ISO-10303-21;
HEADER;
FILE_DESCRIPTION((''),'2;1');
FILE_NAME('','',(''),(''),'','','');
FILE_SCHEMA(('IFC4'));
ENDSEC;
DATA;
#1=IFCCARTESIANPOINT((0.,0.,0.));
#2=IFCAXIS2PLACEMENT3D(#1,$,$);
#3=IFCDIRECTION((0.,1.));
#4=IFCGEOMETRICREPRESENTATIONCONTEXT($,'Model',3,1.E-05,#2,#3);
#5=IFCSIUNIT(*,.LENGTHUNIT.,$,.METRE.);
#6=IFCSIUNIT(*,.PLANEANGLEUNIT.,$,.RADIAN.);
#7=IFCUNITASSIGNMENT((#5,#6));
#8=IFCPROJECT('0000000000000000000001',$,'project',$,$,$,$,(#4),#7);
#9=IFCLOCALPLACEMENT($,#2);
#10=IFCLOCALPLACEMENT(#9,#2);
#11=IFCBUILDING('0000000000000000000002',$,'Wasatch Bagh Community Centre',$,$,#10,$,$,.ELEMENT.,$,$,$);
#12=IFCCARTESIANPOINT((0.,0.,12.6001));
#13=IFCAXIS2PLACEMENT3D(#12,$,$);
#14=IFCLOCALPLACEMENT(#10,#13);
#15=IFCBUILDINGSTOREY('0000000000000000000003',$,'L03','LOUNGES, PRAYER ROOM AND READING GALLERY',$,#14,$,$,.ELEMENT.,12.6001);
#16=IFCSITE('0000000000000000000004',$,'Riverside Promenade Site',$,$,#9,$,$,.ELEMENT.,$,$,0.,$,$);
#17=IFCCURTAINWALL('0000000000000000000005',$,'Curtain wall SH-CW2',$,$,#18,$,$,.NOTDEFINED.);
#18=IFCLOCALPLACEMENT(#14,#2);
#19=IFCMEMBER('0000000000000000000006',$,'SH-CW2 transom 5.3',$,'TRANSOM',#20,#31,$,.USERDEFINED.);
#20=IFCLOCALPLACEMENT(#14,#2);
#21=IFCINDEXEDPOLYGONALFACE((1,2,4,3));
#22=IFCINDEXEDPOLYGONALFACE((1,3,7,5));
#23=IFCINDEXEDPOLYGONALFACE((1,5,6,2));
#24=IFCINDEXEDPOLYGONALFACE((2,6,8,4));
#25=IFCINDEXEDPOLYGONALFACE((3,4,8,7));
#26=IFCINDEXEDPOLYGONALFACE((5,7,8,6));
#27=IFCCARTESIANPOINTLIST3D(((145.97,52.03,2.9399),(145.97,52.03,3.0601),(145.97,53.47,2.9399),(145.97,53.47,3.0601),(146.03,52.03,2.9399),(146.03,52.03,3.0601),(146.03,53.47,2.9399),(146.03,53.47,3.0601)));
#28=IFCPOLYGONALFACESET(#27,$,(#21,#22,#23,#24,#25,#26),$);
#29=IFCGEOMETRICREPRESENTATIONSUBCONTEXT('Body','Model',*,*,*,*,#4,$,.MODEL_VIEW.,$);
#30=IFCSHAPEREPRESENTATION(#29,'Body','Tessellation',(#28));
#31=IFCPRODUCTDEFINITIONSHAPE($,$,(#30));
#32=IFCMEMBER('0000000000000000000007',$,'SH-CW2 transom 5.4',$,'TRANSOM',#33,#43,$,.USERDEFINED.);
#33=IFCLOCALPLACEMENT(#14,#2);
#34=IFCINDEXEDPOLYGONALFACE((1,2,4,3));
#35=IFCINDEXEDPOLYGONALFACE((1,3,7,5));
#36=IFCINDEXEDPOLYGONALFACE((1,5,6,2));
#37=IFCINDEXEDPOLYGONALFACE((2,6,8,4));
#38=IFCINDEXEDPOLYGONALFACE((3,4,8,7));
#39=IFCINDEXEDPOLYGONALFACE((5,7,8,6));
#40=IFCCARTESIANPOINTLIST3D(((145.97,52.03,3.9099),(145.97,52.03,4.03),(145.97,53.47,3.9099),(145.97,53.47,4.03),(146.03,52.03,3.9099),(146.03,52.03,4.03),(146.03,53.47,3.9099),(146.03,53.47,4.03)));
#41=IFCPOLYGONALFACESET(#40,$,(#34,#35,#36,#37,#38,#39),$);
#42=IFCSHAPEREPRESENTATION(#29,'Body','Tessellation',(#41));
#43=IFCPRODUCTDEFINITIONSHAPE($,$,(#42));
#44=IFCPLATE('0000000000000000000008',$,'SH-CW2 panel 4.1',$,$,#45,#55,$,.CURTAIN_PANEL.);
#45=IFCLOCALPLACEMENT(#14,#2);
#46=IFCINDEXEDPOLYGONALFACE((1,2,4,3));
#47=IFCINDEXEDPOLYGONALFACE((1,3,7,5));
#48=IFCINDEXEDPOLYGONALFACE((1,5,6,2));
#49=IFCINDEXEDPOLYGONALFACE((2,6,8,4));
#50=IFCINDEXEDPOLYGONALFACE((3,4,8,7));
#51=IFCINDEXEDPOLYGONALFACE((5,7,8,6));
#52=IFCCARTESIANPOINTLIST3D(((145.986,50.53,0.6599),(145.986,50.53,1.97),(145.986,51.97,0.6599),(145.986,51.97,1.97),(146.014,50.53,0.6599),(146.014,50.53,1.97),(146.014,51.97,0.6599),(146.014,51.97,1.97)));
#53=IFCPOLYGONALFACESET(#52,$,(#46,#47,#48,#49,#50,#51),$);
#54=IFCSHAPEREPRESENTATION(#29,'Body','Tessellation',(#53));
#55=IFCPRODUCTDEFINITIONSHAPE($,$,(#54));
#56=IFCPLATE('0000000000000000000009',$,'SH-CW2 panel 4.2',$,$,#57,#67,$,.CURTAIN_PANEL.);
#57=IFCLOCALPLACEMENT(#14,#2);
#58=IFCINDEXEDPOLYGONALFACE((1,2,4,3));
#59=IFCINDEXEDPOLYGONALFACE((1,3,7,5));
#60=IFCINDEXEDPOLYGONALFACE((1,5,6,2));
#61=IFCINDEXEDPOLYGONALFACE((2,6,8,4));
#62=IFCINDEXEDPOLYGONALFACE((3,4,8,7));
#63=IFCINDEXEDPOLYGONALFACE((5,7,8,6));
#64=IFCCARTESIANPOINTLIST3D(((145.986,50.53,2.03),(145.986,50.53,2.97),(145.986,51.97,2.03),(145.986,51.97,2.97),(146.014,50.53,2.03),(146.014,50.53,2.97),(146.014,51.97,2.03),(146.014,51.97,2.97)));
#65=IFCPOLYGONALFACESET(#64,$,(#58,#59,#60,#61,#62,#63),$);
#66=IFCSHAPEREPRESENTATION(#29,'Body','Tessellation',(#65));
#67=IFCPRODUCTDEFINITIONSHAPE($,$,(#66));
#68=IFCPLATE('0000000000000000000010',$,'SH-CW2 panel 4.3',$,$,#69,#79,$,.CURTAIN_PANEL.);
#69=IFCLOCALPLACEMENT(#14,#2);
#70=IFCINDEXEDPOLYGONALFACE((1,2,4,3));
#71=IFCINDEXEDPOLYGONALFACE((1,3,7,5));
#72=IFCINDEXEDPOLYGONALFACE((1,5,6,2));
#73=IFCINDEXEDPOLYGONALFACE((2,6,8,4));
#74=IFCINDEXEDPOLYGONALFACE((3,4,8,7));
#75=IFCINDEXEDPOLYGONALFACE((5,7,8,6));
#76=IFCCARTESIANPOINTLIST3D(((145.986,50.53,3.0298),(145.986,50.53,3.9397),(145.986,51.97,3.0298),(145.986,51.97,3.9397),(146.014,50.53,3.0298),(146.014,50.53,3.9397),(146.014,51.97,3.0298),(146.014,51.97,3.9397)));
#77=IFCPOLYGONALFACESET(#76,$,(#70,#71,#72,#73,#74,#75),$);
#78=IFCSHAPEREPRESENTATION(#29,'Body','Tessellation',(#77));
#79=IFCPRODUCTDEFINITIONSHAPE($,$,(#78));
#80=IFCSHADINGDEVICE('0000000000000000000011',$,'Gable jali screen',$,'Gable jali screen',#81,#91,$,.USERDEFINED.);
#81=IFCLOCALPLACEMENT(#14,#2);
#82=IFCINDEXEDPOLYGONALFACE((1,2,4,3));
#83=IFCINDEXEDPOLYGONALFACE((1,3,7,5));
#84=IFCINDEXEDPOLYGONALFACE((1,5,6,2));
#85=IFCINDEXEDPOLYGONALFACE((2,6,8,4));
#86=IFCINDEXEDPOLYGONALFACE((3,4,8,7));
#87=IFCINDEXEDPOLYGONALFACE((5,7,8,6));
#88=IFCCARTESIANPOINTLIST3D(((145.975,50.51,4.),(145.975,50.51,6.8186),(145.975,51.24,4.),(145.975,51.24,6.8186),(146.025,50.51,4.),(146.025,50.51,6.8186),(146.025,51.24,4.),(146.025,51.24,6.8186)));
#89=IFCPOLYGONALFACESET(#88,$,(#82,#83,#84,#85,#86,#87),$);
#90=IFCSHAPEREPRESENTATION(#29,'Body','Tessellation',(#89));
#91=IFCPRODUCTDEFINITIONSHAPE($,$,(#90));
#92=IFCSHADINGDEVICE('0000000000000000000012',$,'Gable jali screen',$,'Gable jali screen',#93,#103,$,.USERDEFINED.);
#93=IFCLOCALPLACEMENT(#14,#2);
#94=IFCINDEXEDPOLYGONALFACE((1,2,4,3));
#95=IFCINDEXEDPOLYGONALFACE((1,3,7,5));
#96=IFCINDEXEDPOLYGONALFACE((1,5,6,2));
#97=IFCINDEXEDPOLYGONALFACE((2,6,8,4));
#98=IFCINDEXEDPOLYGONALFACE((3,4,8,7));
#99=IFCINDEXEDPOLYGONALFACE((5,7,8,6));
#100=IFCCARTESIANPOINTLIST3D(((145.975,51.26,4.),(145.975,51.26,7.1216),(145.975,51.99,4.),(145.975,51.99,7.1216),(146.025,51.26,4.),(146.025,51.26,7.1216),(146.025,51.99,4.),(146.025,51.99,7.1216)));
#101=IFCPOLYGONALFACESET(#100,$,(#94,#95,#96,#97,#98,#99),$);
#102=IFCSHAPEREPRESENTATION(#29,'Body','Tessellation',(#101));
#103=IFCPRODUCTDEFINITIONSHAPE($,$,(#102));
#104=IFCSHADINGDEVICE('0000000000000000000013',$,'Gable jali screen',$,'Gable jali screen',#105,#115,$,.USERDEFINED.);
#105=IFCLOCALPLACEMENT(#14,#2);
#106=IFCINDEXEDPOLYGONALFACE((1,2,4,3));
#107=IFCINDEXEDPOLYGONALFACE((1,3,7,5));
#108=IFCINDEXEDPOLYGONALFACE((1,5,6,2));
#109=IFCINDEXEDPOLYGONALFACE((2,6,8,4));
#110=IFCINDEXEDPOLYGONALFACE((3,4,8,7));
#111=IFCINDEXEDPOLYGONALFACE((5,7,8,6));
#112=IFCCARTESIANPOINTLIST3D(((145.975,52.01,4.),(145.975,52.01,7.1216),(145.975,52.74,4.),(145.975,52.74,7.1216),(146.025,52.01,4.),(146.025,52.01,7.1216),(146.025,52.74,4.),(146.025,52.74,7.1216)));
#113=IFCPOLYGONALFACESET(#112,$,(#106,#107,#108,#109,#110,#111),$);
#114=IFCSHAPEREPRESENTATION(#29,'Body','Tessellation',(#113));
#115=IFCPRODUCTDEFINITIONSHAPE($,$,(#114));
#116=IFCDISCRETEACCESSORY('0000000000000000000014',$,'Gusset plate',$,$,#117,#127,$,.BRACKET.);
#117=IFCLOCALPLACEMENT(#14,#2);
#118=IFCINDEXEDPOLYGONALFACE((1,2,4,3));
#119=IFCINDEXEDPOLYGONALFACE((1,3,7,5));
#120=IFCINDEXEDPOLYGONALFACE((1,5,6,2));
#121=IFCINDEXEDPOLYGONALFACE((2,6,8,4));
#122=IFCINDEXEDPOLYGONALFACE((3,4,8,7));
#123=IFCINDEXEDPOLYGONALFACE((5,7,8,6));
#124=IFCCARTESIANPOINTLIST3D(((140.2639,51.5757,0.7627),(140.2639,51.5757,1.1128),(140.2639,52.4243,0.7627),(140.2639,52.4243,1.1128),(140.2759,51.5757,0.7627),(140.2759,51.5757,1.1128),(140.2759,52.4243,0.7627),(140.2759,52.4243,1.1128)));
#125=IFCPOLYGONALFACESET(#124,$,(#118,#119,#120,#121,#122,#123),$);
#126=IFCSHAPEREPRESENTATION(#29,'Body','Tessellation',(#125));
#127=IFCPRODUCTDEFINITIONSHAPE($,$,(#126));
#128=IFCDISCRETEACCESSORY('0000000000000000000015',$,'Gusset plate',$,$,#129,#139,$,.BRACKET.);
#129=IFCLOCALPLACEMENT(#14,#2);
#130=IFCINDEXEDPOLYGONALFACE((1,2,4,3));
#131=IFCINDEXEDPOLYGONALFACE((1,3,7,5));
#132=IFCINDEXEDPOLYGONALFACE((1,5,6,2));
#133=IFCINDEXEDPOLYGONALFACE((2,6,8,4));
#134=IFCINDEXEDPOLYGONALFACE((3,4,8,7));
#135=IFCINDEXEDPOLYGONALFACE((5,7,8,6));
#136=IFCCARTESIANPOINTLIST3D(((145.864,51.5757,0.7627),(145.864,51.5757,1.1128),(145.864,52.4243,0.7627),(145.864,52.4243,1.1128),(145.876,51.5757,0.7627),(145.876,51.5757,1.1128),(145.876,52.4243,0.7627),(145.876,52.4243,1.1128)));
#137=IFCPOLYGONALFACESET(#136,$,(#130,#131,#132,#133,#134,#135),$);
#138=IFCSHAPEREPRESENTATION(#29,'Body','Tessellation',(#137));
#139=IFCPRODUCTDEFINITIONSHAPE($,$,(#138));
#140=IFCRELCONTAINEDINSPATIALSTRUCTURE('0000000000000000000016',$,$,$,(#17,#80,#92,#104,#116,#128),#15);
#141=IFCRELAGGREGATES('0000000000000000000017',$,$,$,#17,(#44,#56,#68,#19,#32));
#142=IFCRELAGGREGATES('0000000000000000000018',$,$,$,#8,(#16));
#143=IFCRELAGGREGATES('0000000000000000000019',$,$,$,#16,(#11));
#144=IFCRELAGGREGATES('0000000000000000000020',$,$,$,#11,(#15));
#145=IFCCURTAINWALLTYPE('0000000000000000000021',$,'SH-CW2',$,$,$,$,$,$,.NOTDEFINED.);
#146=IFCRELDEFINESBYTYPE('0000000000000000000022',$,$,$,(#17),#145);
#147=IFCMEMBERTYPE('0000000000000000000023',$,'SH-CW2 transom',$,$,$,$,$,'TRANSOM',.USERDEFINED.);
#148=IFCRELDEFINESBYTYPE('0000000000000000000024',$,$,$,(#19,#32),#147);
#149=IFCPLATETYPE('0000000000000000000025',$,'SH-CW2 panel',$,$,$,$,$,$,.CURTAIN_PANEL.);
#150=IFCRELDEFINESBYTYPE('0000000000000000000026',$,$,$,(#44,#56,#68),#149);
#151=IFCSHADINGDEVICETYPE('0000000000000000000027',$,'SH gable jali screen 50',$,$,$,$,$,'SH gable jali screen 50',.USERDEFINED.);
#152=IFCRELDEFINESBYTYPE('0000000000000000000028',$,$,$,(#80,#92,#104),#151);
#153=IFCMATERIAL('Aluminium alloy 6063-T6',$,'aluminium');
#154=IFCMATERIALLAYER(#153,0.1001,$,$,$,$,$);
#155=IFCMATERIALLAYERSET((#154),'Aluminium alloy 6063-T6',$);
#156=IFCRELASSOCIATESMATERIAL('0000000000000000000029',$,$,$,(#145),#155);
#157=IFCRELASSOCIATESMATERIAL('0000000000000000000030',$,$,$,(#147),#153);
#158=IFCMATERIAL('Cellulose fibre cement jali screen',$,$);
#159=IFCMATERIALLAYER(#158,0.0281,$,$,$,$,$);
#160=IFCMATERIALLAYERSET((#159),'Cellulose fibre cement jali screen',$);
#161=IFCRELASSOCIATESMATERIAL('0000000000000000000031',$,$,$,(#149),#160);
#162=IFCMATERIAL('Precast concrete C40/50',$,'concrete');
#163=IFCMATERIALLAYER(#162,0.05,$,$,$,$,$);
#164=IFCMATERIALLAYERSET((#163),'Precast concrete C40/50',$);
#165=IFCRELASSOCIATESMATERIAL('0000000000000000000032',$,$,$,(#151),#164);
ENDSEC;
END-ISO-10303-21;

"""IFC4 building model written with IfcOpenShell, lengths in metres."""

from ifc_helpers import new_model, si_unit, direction, frame, origin, origin_2d, place, context, subcontext, project, spatial, polyline, rectangle, outline, extrude, material, layer, layer_set, material_profile, profile_set, type_object, element, aggregate, save


model = new_model("IFC4")

# Units and contexts
model_context = context("Model", 3, precision=1e-05, world=origin(), true_north=direction((0.0, 1.0)))
body_context = subcontext(model_context, "Body", "Model", "MODEL_VIEW")
ifc_project = project(units=[si_unit("LENGTHUNIT", "METRE"), si_unit("PLANEANGLEUNIT", "RADIAN")], contexts=[model_context])

# Site, building, storey
site_placement = place(None, origin())
site = spatial("IfcSite", under=ifc_project, at=site_placement, Name="Riverside Promenade Site", CompositionType="ELEMENT", RefElevation=0.0)
building_placement = place(site_placement, origin())
building = spatial("IfcBuilding", under=site, at=building_placement, Name="Wasatch Bagh Community Centre", CompositionType="ELEMENT")
storey_placement = place(building_placement, frame((0.0, 0.0, 12.6001)))
storey = spatial("IfcBuildingStorey", under=building, at=storey_placement, Name="L03", Description="LOUNGES, PRAYER ROOM AND READING GALLERY", CompositionType="ELEMENT", Elevation=12.6001)

# Curtain wall, members, plates
ifc_material_1 = material(Name="Aluminium alloy 6063-T6", Category="aluminium")
ifc_layer_1 = layer(ifc_material_1, 0.1001)
ifc_layer_set_1 = layer_set([ifc_layer_1], Name="Aluminium alloy 6063-T6")
curtain_wall_type = type_object("IfcCurtainWallType", Name="SH-CW2", PredefinedType="NOTDEFINED", material=ifc_layer_set_1)
curtain_wall_placement = place(storey_placement, origin())
curtain_wall = element("IfcCurtainWall", 1, at=curtain_wall_placement, inside=storey, type_object=curtain_wall_type, Name="Curtain wall SH-CW2", PredefinedType="NOTDEFINED")
ifc_material_profile_1 = material_profile(ifc_material_1, rectangle(XDim=0.0601, YDim=0.1201, at=origin_2d()), Name="AL 60x120")
ifc_profile_set_1 = profile_set([ifc_material_profile_1], Name="Aluminium alloy 6063-T6")
member_type_1 = type_object("IfcMemberType", Name="SH-CW2 transom", ElementType="TRANSOM", PredefinedType="USERDEFINED", material=ifc_profile_set_1)
member_1_placement = place(storey_placement, frame((146.0, 52.03, 3.0), z_axis=(0.0, 1.0, 0.0), x_axis=(-1.0, 0.0, 0.0)))
member_1 = element("IfcMember", 2, at=member_1_placement, type_object=member_type_1, Name="SH-CW2 transom 5.3", ObjectType="TRANSOM", PredefinedType="USERDEFINED", context=body_context, shape_type="SweptSolid", body=[
    extrude(rectangle(XDim=0.0601, YDim=0.1201, at=origin_2d()), origin(), (0.0, 0.0, 1.0), 1.4399),
])
member_2_placement = place(storey_placement, frame((146.0, 52.03, 3.97), z_axis=(0.0, 1.0, 0.0), x_axis=(-1.0, 0.0, 0.0)))
member_2 = element("IfcMember", 3, at=member_2_placement, type_object=member_type_1, Name="SH-CW2 transom 5.4", ObjectType="TRANSOM", PredefinedType="USERDEFINED", context=body_context, shape_type="SweptSolid", body=[
    extrude(rectangle(XDim=0.0601, YDim=0.1201, at=origin_2d()), origin(), (0.0, 0.0, 1.0), 1.4399),
])
ifc_material_2 = material(Name="Cellulose fibre cement jali screen")
ifc_layer_2 = layer(ifc_material_2, 0.0281)
ifc_layer_set_2 = layer_set([ifc_layer_2], Name="Cellulose fibre cement jali screen")
plate_type = type_object("IfcPlateType", Name="SH-CW2 panel", PredefinedType="CURTAIN_PANEL", material=ifc_layer_set_2)
plate_1_placement = place(storey_placement, frame((146.0, 51.25, 0.6599), z_axis=(0.0, 0.0, 1.0), x_axis=(0.0, 1.0, 0.0)))
plate_1 = element("IfcPlate", 4, at=plate_1_placement, type_object=plate_type, Name="SH-CW2 panel 4.1", PredefinedType="CURTAIN_PANEL", context=body_context, shape_type="SweptSolid", body=[
    extrude(rectangle(XDim=1.4399, YDim=0.0281, at=origin_2d()), origin(), (0.0, 0.0, 1.0), 1.3101),
])
plate_2_placement = place(storey_placement, frame((146.0, 51.25, 2.03), z_axis=(0.0, 0.0, 1.0), x_axis=(0.0, 1.0, 0.0)))
plate_2 = element("IfcPlate", 5, at=plate_2_placement, type_object=plate_type, Name="SH-CW2 panel 4.2", PredefinedType="CURTAIN_PANEL", context=body_context, shape_type="SweptSolid", body=[
    extrude(rectangle(XDim=1.4399, YDim=0.0281, at=origin_2d()), origin(), (0.0, 0.0, 1.0), 0.9399),
])
plate_3_placement = place(storey_placement, frame((146.0, 51.25, 3.0298), z_axis=(0.0, 0.0, 1.0), x_axis=(0.0, 1.0, 0.0)))
plate_3 = element("IfcPlate", 6, at=plate_3_placement, type_object=plate_type, Name="SH-CW2 panel 4.3", PredefinedType="CURTAIN_PANEL", context=body_context, shape_type="SweptSolid", body=[
    extrude(rectangle(XDim=1.4399, YDim=0.0281, at=origin_2d()), origin(), (0.0, 0.0, 1.0), 0.9099),
])
aggregate(curtain_wall, [plate_1, plate_2, plate_3, member_1, member_2])

# Shading devices
ifc_material_3 = material(Name="Precast concrete C40/50", Category="concrete")
ifc_layer_3 = layer(ifc_material_3, 0.05)
ifc_layer_set_3 = layer_set([ifc_layer_3], Name="Precast concrete C40/50")
shading_device_type = type_object("IfcShadingDeviceType", Name="SH gable jali screen 50", ElementType="SH gable jali screen 50", PredefinedType="USERDEFINED", material=ifc_layer_set_3)
shading_device_placement = place(storey_placement, frame((146.0, 50.875, 4.0), z_axis=(0.0, 0.0, 1.0), x_axis=(1.0, 0.0, 0.0)))
element("IfcShadingDevice", 7, at=shading_device_placement, inside=storey, type_object=shading_device_type, Name="Gable jali screen", ObjectType="Gable jali screen", PredefinedType="USERDEFINED", context=body_context, shape_type="SweptSolid", body=[
    extrude(rectangle(XDim=0.05, YDim=0.73, at=origin_2d()), origin(), (0.0, 0.0, 1.0), 2.8186),
])
for number, where, z_axis, x_axis, name in (
    (8, (146.0, 51.625, 4.0), (0.0, 0.0, 1.0), (1.0, 0.0, 0.0), "Gable jali screen"),
    (9, (146.0, 52.375, 4.0), (0.0, 0.0, 1.0), (1.0, 0.0, 0.0), "Gable jali screen"),
):
    element("IfcShadingDevice", number, at=place(storey_placement, frame(where, z_axis=z_axis, x_axis=x_axis)), inside=storey, type_object=shading_device_type, Name=name, ObjectType="Gable jali screen", PredefinedType="USERDEFINED", context=body_context, shape_type="SweptSolid", body=[
        extrude(rectangle(XDim=0.05, YDim=0.73, at=origin_2d()), origin(), (0.0, 0.0, 1.0), 3.1216),
    ])

# Discrete accessories
for number, where, z_axis, x_axis, name in (
    (10, (140.2759, 51.5757, 0.7627), (1.0, 0.0, 0.0), (0.0, 1.0, 0.0), "Gusset plate"),
    (11, (145.876, 51.5757, 0.7627), (1.0, 0.0, 0.0), (0.0, 1.0, 0.0), "Gusset plate"),
):
    element("IfcDiscreteAccessory", number, at=place(storey_placement, frame(where, z_axis=z_axis, x_axis=x_axis)), inside=storey, Name=name, PredefinedType="BRACKET", context=body_context, shape_type="SweptSolid", body=[
        extrude(outline(polyline([(0.0, 0.0), (0.8486, 0.0), (0.8486, 0.3501), (0.0, 0.3501), (0.0, 0.0)])), origin(), (0.0, 0.0, -1.0), 0.012),
    ])

save(model, "model.ifc")
